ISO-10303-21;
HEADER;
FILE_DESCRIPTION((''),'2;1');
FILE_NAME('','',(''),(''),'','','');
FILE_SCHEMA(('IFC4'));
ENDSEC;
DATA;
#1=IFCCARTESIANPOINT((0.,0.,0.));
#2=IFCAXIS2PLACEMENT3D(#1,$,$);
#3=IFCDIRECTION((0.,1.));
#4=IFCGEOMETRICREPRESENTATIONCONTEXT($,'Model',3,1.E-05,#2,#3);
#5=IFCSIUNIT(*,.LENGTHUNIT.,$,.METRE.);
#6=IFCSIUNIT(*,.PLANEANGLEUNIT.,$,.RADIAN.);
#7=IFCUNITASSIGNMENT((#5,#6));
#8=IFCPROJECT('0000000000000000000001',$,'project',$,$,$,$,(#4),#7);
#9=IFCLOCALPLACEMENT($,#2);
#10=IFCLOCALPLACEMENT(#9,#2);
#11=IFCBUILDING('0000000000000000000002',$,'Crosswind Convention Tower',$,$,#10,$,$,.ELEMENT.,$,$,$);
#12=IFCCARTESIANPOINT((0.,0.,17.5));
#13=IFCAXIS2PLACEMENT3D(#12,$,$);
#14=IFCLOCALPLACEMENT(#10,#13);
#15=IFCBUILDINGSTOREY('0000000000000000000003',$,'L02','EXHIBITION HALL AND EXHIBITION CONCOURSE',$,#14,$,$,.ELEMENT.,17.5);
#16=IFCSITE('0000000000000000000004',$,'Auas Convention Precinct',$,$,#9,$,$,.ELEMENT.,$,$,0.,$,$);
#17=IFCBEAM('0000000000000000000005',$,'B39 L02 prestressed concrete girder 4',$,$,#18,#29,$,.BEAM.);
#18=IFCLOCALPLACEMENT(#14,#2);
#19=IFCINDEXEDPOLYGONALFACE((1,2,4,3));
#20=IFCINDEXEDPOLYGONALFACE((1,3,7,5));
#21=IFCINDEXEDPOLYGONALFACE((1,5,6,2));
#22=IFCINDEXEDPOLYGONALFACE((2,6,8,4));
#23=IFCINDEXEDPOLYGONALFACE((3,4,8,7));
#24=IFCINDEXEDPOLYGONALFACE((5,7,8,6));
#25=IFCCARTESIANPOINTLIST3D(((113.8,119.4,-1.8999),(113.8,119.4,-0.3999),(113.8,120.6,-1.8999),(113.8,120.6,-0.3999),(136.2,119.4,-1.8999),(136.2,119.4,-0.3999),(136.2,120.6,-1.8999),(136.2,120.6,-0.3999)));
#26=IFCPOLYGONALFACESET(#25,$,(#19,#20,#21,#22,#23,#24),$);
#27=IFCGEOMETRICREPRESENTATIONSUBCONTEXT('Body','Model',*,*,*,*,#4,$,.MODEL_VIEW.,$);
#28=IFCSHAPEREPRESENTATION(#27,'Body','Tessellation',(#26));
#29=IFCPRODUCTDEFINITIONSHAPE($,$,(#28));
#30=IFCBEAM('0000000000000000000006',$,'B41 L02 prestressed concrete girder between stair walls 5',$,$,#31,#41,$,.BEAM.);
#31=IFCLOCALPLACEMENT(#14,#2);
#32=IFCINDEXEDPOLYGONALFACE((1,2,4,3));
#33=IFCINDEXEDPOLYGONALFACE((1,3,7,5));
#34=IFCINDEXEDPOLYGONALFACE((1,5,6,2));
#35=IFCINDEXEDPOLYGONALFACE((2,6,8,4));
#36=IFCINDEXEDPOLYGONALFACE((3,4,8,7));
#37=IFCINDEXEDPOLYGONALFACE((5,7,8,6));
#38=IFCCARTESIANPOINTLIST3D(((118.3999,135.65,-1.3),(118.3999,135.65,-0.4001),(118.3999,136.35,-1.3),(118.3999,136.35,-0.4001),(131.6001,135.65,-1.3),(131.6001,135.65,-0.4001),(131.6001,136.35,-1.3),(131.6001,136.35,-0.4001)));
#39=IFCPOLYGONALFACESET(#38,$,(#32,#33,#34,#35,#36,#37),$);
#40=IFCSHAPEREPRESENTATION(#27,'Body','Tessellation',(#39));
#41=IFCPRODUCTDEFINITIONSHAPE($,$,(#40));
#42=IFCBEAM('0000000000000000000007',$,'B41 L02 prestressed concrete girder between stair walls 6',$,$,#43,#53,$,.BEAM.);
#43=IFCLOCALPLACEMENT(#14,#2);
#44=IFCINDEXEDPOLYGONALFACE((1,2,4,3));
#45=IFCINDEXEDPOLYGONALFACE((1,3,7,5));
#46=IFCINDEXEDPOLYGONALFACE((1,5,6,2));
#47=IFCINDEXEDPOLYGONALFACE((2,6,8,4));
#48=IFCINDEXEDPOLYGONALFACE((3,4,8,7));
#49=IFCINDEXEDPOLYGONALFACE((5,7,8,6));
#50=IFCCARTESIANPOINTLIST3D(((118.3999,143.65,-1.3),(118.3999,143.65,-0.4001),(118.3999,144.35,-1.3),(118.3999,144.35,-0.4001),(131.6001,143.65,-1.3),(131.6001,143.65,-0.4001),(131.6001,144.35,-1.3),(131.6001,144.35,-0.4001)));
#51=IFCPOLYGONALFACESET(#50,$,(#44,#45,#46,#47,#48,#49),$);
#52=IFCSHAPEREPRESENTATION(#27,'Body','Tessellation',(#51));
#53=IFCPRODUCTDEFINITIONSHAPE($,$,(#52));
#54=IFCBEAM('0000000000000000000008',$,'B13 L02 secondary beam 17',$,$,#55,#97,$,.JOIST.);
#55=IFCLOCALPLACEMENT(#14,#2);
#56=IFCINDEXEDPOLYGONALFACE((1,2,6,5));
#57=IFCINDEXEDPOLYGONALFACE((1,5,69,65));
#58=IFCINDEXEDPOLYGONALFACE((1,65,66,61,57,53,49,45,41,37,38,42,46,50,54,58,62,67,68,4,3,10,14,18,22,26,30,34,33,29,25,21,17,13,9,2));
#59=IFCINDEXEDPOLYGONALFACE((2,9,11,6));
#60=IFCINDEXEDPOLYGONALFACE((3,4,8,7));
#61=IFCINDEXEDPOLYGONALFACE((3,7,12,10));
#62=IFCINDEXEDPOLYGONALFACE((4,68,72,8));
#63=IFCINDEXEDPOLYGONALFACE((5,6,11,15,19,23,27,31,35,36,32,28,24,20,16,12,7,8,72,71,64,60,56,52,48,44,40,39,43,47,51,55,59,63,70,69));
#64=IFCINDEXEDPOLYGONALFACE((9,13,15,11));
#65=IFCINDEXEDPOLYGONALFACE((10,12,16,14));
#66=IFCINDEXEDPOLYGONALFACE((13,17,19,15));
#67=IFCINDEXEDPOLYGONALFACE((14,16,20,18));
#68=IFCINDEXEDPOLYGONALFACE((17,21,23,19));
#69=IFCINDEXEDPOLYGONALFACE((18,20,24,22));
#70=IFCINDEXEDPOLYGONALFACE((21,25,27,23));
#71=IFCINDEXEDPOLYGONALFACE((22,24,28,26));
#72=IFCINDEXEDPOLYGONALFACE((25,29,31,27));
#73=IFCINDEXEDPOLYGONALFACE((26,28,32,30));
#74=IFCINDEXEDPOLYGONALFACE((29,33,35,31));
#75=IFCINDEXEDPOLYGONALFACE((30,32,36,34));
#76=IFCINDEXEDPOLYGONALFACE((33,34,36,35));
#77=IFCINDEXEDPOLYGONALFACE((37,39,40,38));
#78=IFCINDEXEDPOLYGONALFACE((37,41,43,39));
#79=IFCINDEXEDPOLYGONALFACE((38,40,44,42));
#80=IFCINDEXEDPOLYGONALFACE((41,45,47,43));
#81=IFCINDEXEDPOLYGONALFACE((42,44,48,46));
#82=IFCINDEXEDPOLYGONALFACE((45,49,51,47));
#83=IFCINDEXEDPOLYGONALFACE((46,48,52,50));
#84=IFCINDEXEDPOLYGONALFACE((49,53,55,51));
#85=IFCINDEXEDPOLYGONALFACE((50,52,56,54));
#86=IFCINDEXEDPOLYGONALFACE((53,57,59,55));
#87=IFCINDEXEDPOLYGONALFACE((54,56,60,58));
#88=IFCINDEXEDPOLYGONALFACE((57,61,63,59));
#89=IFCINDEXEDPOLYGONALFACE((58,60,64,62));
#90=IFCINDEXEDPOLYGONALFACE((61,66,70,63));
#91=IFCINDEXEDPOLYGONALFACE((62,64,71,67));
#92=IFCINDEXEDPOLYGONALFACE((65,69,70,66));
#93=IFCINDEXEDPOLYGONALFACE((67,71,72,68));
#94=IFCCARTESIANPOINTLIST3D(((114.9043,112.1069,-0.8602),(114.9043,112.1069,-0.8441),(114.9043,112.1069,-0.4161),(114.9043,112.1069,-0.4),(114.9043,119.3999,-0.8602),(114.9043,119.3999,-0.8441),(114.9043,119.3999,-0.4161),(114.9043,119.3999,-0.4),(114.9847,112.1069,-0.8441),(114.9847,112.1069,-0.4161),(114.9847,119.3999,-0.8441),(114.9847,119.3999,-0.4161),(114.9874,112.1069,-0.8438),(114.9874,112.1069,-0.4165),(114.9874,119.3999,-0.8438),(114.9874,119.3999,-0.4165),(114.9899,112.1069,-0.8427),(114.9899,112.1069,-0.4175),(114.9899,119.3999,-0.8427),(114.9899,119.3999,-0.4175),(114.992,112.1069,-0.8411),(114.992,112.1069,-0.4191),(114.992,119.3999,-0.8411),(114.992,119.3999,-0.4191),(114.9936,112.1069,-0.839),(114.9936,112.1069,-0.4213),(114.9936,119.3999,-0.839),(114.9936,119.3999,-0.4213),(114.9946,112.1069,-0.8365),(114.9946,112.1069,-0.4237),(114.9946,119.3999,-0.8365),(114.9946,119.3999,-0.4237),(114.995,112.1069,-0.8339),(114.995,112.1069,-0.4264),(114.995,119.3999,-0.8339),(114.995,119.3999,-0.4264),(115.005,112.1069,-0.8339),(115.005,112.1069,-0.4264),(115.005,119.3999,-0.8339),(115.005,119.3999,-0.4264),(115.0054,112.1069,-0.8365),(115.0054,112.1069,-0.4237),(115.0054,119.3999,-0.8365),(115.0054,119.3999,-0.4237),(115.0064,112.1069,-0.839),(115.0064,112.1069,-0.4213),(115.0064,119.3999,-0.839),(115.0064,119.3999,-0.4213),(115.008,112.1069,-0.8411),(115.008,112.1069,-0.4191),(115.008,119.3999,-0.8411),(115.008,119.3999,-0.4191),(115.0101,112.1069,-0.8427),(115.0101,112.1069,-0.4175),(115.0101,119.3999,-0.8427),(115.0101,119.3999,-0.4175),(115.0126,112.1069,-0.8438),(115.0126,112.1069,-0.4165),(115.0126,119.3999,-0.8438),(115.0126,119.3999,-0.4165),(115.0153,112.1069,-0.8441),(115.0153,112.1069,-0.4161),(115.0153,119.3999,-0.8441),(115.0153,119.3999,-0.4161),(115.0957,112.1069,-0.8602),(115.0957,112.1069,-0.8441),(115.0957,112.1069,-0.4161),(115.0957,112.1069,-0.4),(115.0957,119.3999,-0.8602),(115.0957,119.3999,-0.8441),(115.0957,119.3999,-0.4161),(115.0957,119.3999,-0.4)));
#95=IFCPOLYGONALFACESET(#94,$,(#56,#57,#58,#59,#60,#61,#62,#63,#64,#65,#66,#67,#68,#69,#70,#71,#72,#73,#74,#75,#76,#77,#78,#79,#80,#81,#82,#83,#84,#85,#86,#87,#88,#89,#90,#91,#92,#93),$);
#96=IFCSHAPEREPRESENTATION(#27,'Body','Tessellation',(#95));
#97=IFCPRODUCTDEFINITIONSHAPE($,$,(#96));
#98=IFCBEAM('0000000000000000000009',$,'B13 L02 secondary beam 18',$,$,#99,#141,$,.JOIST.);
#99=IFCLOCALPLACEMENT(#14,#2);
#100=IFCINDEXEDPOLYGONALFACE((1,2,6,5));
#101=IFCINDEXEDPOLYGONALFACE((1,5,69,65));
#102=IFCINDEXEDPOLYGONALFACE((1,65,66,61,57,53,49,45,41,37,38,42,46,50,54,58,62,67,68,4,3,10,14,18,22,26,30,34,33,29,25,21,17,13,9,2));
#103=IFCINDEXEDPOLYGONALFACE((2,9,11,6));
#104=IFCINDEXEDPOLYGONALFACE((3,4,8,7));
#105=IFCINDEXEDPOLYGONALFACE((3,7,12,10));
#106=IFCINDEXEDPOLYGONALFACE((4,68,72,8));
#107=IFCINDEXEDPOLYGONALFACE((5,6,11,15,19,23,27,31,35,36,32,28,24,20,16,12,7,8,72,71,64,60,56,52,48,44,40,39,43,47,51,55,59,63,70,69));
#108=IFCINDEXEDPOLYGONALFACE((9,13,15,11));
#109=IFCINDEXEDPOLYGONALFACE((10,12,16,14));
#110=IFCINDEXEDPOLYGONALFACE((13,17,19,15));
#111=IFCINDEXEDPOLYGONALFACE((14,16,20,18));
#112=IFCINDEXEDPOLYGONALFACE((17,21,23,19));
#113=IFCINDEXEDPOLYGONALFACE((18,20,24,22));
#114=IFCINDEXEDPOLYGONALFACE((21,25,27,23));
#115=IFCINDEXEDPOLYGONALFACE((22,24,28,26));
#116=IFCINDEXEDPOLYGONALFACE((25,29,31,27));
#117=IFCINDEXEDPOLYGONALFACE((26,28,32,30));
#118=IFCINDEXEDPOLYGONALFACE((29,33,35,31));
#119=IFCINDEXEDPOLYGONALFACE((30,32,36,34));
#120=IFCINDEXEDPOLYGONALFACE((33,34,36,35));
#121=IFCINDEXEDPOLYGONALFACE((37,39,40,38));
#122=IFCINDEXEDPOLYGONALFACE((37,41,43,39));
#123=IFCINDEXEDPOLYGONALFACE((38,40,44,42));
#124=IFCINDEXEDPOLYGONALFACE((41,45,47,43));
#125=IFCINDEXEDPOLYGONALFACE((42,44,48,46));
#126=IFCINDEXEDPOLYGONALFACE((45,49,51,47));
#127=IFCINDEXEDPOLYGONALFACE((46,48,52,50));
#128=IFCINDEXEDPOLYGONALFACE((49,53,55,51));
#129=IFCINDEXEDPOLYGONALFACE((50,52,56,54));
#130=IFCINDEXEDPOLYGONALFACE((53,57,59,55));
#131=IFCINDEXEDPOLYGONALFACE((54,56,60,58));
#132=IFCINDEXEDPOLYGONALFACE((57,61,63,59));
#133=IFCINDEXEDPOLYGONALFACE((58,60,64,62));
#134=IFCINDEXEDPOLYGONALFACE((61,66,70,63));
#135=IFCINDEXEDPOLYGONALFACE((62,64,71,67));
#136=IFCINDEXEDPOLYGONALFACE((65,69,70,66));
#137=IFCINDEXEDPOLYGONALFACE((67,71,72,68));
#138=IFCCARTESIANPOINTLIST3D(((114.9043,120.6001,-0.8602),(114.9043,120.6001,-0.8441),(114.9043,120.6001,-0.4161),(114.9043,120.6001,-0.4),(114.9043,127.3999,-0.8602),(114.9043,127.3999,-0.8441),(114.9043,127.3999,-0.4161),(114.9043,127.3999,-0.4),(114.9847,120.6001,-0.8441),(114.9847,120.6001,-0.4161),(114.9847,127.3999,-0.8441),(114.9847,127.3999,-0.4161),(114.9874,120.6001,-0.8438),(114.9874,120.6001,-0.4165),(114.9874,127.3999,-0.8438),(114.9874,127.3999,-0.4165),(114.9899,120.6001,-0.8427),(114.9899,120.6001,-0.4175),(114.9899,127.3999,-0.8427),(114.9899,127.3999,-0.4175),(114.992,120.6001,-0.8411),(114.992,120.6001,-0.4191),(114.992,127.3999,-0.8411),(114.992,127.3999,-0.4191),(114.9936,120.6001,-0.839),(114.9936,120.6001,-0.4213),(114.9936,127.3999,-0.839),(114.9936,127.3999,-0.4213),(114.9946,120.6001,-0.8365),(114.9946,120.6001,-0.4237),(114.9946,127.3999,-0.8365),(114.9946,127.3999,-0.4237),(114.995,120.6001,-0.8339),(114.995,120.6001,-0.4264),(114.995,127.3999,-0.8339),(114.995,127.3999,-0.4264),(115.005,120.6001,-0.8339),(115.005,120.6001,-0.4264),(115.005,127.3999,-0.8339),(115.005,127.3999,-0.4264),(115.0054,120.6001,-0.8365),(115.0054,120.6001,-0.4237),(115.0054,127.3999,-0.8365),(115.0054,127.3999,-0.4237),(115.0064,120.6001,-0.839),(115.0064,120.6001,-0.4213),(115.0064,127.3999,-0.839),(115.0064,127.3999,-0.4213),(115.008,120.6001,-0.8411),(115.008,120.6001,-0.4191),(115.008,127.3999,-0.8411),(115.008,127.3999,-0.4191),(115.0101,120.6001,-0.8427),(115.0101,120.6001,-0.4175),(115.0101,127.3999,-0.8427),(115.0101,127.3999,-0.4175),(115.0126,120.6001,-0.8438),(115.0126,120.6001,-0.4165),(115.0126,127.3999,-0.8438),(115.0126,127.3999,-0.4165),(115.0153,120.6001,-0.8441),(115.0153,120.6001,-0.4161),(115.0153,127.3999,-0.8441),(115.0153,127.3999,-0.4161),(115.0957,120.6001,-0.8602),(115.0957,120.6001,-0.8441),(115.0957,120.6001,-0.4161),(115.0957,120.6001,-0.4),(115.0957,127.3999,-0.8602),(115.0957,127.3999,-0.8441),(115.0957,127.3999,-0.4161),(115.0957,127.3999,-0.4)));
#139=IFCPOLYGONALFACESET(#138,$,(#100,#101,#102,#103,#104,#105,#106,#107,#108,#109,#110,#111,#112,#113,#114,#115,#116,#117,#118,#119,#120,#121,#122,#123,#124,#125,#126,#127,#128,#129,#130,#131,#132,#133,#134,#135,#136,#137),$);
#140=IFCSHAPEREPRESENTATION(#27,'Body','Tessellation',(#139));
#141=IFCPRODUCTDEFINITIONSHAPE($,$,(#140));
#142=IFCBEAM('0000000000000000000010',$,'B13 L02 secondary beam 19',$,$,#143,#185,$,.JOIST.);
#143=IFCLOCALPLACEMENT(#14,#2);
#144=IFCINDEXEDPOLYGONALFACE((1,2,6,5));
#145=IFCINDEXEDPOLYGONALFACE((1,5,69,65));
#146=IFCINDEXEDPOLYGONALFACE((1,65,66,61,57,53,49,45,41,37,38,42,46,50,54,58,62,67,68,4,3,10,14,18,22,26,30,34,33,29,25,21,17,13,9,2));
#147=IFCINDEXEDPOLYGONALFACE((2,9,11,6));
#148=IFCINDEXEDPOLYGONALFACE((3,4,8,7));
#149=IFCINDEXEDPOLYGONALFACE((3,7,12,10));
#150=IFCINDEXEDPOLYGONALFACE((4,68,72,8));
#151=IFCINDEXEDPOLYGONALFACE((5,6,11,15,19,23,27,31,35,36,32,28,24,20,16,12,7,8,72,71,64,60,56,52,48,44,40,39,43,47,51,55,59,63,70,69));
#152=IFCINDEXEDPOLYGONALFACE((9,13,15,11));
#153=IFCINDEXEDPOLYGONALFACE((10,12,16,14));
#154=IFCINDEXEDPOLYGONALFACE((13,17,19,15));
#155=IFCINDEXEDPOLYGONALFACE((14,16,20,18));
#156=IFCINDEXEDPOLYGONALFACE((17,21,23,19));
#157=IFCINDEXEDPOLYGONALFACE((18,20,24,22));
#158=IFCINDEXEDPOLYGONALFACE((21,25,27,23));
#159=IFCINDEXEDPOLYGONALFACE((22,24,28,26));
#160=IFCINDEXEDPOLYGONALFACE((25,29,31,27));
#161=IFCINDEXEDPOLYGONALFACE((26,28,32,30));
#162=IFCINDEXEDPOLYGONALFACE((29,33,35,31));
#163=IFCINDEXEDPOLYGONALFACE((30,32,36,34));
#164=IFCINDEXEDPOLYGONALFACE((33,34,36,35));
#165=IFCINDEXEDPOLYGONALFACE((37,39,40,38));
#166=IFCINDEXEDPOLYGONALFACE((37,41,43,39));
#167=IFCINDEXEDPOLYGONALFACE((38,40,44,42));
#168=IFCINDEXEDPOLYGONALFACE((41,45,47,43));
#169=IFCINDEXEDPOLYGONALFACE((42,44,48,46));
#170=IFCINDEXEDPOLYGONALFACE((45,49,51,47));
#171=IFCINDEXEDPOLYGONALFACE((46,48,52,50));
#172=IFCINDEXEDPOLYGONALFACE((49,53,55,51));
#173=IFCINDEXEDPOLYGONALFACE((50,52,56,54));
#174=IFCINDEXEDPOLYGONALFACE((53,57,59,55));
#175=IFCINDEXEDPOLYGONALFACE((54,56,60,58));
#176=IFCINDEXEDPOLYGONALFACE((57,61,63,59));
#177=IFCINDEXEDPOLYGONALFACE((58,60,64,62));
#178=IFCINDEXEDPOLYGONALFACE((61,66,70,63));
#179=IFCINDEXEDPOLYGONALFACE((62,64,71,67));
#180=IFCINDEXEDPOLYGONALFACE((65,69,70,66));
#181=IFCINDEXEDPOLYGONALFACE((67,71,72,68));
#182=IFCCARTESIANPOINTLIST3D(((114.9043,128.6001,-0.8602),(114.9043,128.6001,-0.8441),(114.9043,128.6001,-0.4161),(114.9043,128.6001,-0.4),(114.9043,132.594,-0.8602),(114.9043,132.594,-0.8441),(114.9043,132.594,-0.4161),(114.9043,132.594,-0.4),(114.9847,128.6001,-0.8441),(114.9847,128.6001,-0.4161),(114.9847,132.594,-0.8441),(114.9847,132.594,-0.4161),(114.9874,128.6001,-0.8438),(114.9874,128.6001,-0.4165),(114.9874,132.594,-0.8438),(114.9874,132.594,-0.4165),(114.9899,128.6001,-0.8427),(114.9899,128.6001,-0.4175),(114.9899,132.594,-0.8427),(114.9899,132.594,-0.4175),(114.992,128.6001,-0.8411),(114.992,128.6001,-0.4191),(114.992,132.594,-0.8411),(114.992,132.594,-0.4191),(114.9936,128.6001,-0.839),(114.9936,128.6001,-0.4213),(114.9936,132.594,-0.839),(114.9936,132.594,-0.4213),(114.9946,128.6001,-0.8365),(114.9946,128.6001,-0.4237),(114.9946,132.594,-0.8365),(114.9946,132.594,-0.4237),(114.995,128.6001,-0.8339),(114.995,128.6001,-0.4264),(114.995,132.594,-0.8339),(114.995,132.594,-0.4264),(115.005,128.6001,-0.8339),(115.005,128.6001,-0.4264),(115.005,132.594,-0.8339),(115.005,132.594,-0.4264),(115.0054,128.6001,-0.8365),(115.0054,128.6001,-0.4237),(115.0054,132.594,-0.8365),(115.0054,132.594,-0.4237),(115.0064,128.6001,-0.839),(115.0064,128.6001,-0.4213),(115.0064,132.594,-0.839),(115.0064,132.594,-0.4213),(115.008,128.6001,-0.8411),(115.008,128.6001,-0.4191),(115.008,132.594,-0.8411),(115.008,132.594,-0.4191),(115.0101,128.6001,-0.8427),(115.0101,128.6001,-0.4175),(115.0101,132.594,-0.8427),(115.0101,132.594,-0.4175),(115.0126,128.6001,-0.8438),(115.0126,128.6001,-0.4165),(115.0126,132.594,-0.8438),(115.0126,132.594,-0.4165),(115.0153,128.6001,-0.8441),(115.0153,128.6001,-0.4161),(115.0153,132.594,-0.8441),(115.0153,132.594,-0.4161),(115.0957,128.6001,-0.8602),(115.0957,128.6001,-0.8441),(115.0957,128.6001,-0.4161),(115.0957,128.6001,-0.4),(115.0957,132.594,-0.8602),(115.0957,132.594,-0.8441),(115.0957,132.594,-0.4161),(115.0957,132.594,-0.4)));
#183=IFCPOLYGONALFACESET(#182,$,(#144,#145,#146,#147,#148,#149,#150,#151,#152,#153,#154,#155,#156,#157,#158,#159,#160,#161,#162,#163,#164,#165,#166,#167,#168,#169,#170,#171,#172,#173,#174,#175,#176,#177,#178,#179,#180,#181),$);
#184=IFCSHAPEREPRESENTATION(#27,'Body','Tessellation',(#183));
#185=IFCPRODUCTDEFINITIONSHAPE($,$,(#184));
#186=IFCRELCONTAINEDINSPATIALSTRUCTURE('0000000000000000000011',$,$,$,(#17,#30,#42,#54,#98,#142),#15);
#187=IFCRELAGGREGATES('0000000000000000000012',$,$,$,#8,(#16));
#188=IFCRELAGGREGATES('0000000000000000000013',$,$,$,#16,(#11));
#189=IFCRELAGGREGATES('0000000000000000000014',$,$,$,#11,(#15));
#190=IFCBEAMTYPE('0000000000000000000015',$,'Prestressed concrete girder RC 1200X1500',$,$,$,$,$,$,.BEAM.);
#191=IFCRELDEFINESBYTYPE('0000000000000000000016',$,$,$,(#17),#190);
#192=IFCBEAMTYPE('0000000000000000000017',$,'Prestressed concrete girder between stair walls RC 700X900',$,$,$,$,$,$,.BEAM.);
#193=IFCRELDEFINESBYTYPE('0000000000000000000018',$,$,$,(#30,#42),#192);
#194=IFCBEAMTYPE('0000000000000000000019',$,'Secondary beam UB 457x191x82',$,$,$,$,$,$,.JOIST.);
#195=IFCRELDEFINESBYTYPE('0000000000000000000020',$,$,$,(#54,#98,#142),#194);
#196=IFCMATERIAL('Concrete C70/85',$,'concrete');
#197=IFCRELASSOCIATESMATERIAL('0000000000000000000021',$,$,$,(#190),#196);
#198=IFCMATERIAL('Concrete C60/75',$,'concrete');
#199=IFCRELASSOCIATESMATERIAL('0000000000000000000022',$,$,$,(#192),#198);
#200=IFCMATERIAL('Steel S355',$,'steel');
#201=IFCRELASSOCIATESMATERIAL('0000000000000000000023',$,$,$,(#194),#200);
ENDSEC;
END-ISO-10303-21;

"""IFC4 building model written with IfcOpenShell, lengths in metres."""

from ifc_helpers import new_model, si_unit, direction, frame, origin, origin_2d, place, context, subcontext, project, spatial, rectangle, i_section, extrude, material, material_profile, profile_set, type_object, element, save


model = new_model("IFC4")

# Units and contexts
model_context = context("Model", 3, precision=1e-05, world=origin(), true_north=direction((0.0, 1.0)))
body_context = subcontext(model_context, "Body", "Model", "MODEL_VIEW")
ifc_project = project(units=[si_unit("LENGTHUNIT", "METRE"), si_unit("PLANEANGLEUNIT", "RADIAN")], contexts=[model_context])

# Site, building, storey
site_placement = place(None, origin())
site = spatial("IfcSite", under=ifc_project, at=site_placement, Name="Auas Convention Precinct", CompositionType="ELEMENT", RefElevation=0.0)
building_placement = place(site_placement, origin())
building = spatial("IfcBuilding", under=site, at=building_placement, Name="Crosswind Convention Tower", CompositionType="ELEMENT")
storey_placement = place(building_placement, frame((0.0, 0.0, 17.5)))
storey = spatial("IfcBuildingStorey", under=building, at=storey_placement, Name="L02", Description="EXHIBITION HALL AND EXHIBITION CONCOURSE", CompositionType="ELEMENT", Elevation=17.5)

# Shared definitions
ifc_material_1 = material(Name="Concrete C70/85", Category="concrete")
ifc_material_2 = material(Name="Concrete C60/75", Category="concrete")

# Shared definitions
ifc_material_3 = material(Name="Steel S355", Category="steel")

# Beams
ifc_material_profile_1 = material_profile(ifc_material_1, rectangle(XDim=1.2, YDim=1.5, at=origin_2d()), Name="RC 1200X1500")
ifc_profile_set_1 = profile_set([ifc_material_profile_1], Name="Concrete C70/85")
beam_type_1 = type_object("IfcBeamType", Name="Prestressed concrete girder RC 1200X1500", PredefinedType="BEAM", material=ifc_profile_set_1)
beam_1_placement = place(storey_placement, frame((113.8, 120.0, -1.1499), z_axis=(1.0, 0.0, 0.0), x_axis=(0.0, 1.0, 0.0)))
element("IfcBeam", 1, at=beam_1_placement, inside=storey, type_object=beam_type_1, Name="B39 L02 prestressed concrete girder 4", PredefinedType="BEAM", context=body_context, shape_type="SweptSolid", body=[
    extrude(rectangle(XDim=1.2, YDim=1.5, at=origin_2d()), origin(), (0.0, 0.0, 1.0), 22.3999),
])
ifc_material_profile_2 = material_profile(ifc_material_2, rectangle(XDim=0.7, YDim=0.8999, at=origin_2d()), Name="RC 700X900")
ifc_profile_set_2 = profile_set([ifc_material_profile_2], Name="Concrete C60/75")
beam_type_2 = type_object("IfcBeamType", Name="Prestressed concrete girder between stair walls RC 700X900", PredefinedType="BEAM", material=ifc_profile_set_2)
for number, where, z_axis, x_axis, name in (
    (2, (118.3999, 136.0, -0.8501), (1.0, 0.0, 0.0), (0.0, 1.0, 0.0), "B41 L02 prestressed concrete girder between stair walls 5"),
    (3, (118.3999, 144.0, -0.8501), (1.0, 0.0, 0.0), (0.0, 1.0, 0.0), "B41 L02 prestressed concrete girder between stair walls 6"),
):
    element("IfcBeam", number, at=place(storey_placement, frame(where, z_axis=z_axis, x_axis=x_axis)), inside=storey, type_object=beam_type_2, Name=name, PredefinedType="BEAM", context=body_context, shape_type="SweptSolid", body=[
        extrude(rectangle(XDim=0.7, YDim=0.8999, at=origin_2d()), origin(), (0.0, 0.0, 1.0), 13.2002),
    ])
ifc_material_profile_3 = material_profile(ifc_material_3, i_section(OverallWidth=0.1914, OverallDepth=0.4602, WebThickness=0.01, FlangeThickness=0.0161, FilletRadius=0.0103, at=origin_2d()), Name="UB 457x191x82")
ifc_profile_set_3 = profile_set([ifc_material_profile_3], Name="Steel S355")
beam_type_3 = type_object("IfcBeamType", Name="Secondary beam UB 457x191x82", PredefinedType="JOIST", material=ifc_profile_set_3)
beam_2_placement = place(storey_placement, frame((115.0, 112.1069, -0.6301), z_axis=(0.0, 1.0, 0.0), x_axis=(-1.0, 0.0, 0.0)))
element("IfcBeam", 4, at=beam_2_placement, inside=storey, type_object=beam_type_3, Name="B13 L02 secondary beam 17", PredefinedType="JOIST", context=body_context, shape_type="SweptSolid", body=[
    extrude(i_section(OverallWidth=0.1914, OverallDepth=0.4602, WebThickness=0.01, FlangeThickness=0.0161, FilletRadius=0.0103, at=origin_2d()), origin(), (0.0, 0.0, 1.0), 7.293),
])
beam_3_placement = place(storey_placement, frame((115.0, 120.6001, -0.6301), z_axis=(0.0, 1.0, 0.0), x_axis=(-1.0, 0.0, 0.0)))
element("IfcBeam", 5, at=beam_3_placement, inside=storey, type_object=beam_type_3, Name="B13 L02 secondary beam 18", PredefinedType="JOIST", context=body_context, shape_type="SweptSolid", body=[
    extrude(i_section(OverallWidth=0.1914, OverallDepth=0.4602, WebThickness=0.01, FlangeThickness=0.0161, FilletRadius=0.0103, at=origin_2d()), origin(), (0.0, 0.0, 1.0), 6.7998),
])
beam_4_placement = place(storey_placement, frame((115.0, 128.6001, -0.6301), z_axis=(0.0, 1.0, 0.0), x_axis=(-1.0, 0.0, 0.0)))
element("IfcBeam", 6, at=beam_4_placement, inside=storey, type_object=beam_type_3, Name="B13 L02 secondary beam 19", PredefinedType="JOIST", context=body_context, shape_type="SweptSolid", body=[
    extrude(i_section(OverallWidth=0.1914, OverallDepth=0.4602, WebThickness=0.01, FlangeThickness=0.0161, FilletRadius=0.0103, at=origin_2d()), origin(), (0.0, 0.0, 1.0), 3.9939),
])

save(model, "model.ifc")
